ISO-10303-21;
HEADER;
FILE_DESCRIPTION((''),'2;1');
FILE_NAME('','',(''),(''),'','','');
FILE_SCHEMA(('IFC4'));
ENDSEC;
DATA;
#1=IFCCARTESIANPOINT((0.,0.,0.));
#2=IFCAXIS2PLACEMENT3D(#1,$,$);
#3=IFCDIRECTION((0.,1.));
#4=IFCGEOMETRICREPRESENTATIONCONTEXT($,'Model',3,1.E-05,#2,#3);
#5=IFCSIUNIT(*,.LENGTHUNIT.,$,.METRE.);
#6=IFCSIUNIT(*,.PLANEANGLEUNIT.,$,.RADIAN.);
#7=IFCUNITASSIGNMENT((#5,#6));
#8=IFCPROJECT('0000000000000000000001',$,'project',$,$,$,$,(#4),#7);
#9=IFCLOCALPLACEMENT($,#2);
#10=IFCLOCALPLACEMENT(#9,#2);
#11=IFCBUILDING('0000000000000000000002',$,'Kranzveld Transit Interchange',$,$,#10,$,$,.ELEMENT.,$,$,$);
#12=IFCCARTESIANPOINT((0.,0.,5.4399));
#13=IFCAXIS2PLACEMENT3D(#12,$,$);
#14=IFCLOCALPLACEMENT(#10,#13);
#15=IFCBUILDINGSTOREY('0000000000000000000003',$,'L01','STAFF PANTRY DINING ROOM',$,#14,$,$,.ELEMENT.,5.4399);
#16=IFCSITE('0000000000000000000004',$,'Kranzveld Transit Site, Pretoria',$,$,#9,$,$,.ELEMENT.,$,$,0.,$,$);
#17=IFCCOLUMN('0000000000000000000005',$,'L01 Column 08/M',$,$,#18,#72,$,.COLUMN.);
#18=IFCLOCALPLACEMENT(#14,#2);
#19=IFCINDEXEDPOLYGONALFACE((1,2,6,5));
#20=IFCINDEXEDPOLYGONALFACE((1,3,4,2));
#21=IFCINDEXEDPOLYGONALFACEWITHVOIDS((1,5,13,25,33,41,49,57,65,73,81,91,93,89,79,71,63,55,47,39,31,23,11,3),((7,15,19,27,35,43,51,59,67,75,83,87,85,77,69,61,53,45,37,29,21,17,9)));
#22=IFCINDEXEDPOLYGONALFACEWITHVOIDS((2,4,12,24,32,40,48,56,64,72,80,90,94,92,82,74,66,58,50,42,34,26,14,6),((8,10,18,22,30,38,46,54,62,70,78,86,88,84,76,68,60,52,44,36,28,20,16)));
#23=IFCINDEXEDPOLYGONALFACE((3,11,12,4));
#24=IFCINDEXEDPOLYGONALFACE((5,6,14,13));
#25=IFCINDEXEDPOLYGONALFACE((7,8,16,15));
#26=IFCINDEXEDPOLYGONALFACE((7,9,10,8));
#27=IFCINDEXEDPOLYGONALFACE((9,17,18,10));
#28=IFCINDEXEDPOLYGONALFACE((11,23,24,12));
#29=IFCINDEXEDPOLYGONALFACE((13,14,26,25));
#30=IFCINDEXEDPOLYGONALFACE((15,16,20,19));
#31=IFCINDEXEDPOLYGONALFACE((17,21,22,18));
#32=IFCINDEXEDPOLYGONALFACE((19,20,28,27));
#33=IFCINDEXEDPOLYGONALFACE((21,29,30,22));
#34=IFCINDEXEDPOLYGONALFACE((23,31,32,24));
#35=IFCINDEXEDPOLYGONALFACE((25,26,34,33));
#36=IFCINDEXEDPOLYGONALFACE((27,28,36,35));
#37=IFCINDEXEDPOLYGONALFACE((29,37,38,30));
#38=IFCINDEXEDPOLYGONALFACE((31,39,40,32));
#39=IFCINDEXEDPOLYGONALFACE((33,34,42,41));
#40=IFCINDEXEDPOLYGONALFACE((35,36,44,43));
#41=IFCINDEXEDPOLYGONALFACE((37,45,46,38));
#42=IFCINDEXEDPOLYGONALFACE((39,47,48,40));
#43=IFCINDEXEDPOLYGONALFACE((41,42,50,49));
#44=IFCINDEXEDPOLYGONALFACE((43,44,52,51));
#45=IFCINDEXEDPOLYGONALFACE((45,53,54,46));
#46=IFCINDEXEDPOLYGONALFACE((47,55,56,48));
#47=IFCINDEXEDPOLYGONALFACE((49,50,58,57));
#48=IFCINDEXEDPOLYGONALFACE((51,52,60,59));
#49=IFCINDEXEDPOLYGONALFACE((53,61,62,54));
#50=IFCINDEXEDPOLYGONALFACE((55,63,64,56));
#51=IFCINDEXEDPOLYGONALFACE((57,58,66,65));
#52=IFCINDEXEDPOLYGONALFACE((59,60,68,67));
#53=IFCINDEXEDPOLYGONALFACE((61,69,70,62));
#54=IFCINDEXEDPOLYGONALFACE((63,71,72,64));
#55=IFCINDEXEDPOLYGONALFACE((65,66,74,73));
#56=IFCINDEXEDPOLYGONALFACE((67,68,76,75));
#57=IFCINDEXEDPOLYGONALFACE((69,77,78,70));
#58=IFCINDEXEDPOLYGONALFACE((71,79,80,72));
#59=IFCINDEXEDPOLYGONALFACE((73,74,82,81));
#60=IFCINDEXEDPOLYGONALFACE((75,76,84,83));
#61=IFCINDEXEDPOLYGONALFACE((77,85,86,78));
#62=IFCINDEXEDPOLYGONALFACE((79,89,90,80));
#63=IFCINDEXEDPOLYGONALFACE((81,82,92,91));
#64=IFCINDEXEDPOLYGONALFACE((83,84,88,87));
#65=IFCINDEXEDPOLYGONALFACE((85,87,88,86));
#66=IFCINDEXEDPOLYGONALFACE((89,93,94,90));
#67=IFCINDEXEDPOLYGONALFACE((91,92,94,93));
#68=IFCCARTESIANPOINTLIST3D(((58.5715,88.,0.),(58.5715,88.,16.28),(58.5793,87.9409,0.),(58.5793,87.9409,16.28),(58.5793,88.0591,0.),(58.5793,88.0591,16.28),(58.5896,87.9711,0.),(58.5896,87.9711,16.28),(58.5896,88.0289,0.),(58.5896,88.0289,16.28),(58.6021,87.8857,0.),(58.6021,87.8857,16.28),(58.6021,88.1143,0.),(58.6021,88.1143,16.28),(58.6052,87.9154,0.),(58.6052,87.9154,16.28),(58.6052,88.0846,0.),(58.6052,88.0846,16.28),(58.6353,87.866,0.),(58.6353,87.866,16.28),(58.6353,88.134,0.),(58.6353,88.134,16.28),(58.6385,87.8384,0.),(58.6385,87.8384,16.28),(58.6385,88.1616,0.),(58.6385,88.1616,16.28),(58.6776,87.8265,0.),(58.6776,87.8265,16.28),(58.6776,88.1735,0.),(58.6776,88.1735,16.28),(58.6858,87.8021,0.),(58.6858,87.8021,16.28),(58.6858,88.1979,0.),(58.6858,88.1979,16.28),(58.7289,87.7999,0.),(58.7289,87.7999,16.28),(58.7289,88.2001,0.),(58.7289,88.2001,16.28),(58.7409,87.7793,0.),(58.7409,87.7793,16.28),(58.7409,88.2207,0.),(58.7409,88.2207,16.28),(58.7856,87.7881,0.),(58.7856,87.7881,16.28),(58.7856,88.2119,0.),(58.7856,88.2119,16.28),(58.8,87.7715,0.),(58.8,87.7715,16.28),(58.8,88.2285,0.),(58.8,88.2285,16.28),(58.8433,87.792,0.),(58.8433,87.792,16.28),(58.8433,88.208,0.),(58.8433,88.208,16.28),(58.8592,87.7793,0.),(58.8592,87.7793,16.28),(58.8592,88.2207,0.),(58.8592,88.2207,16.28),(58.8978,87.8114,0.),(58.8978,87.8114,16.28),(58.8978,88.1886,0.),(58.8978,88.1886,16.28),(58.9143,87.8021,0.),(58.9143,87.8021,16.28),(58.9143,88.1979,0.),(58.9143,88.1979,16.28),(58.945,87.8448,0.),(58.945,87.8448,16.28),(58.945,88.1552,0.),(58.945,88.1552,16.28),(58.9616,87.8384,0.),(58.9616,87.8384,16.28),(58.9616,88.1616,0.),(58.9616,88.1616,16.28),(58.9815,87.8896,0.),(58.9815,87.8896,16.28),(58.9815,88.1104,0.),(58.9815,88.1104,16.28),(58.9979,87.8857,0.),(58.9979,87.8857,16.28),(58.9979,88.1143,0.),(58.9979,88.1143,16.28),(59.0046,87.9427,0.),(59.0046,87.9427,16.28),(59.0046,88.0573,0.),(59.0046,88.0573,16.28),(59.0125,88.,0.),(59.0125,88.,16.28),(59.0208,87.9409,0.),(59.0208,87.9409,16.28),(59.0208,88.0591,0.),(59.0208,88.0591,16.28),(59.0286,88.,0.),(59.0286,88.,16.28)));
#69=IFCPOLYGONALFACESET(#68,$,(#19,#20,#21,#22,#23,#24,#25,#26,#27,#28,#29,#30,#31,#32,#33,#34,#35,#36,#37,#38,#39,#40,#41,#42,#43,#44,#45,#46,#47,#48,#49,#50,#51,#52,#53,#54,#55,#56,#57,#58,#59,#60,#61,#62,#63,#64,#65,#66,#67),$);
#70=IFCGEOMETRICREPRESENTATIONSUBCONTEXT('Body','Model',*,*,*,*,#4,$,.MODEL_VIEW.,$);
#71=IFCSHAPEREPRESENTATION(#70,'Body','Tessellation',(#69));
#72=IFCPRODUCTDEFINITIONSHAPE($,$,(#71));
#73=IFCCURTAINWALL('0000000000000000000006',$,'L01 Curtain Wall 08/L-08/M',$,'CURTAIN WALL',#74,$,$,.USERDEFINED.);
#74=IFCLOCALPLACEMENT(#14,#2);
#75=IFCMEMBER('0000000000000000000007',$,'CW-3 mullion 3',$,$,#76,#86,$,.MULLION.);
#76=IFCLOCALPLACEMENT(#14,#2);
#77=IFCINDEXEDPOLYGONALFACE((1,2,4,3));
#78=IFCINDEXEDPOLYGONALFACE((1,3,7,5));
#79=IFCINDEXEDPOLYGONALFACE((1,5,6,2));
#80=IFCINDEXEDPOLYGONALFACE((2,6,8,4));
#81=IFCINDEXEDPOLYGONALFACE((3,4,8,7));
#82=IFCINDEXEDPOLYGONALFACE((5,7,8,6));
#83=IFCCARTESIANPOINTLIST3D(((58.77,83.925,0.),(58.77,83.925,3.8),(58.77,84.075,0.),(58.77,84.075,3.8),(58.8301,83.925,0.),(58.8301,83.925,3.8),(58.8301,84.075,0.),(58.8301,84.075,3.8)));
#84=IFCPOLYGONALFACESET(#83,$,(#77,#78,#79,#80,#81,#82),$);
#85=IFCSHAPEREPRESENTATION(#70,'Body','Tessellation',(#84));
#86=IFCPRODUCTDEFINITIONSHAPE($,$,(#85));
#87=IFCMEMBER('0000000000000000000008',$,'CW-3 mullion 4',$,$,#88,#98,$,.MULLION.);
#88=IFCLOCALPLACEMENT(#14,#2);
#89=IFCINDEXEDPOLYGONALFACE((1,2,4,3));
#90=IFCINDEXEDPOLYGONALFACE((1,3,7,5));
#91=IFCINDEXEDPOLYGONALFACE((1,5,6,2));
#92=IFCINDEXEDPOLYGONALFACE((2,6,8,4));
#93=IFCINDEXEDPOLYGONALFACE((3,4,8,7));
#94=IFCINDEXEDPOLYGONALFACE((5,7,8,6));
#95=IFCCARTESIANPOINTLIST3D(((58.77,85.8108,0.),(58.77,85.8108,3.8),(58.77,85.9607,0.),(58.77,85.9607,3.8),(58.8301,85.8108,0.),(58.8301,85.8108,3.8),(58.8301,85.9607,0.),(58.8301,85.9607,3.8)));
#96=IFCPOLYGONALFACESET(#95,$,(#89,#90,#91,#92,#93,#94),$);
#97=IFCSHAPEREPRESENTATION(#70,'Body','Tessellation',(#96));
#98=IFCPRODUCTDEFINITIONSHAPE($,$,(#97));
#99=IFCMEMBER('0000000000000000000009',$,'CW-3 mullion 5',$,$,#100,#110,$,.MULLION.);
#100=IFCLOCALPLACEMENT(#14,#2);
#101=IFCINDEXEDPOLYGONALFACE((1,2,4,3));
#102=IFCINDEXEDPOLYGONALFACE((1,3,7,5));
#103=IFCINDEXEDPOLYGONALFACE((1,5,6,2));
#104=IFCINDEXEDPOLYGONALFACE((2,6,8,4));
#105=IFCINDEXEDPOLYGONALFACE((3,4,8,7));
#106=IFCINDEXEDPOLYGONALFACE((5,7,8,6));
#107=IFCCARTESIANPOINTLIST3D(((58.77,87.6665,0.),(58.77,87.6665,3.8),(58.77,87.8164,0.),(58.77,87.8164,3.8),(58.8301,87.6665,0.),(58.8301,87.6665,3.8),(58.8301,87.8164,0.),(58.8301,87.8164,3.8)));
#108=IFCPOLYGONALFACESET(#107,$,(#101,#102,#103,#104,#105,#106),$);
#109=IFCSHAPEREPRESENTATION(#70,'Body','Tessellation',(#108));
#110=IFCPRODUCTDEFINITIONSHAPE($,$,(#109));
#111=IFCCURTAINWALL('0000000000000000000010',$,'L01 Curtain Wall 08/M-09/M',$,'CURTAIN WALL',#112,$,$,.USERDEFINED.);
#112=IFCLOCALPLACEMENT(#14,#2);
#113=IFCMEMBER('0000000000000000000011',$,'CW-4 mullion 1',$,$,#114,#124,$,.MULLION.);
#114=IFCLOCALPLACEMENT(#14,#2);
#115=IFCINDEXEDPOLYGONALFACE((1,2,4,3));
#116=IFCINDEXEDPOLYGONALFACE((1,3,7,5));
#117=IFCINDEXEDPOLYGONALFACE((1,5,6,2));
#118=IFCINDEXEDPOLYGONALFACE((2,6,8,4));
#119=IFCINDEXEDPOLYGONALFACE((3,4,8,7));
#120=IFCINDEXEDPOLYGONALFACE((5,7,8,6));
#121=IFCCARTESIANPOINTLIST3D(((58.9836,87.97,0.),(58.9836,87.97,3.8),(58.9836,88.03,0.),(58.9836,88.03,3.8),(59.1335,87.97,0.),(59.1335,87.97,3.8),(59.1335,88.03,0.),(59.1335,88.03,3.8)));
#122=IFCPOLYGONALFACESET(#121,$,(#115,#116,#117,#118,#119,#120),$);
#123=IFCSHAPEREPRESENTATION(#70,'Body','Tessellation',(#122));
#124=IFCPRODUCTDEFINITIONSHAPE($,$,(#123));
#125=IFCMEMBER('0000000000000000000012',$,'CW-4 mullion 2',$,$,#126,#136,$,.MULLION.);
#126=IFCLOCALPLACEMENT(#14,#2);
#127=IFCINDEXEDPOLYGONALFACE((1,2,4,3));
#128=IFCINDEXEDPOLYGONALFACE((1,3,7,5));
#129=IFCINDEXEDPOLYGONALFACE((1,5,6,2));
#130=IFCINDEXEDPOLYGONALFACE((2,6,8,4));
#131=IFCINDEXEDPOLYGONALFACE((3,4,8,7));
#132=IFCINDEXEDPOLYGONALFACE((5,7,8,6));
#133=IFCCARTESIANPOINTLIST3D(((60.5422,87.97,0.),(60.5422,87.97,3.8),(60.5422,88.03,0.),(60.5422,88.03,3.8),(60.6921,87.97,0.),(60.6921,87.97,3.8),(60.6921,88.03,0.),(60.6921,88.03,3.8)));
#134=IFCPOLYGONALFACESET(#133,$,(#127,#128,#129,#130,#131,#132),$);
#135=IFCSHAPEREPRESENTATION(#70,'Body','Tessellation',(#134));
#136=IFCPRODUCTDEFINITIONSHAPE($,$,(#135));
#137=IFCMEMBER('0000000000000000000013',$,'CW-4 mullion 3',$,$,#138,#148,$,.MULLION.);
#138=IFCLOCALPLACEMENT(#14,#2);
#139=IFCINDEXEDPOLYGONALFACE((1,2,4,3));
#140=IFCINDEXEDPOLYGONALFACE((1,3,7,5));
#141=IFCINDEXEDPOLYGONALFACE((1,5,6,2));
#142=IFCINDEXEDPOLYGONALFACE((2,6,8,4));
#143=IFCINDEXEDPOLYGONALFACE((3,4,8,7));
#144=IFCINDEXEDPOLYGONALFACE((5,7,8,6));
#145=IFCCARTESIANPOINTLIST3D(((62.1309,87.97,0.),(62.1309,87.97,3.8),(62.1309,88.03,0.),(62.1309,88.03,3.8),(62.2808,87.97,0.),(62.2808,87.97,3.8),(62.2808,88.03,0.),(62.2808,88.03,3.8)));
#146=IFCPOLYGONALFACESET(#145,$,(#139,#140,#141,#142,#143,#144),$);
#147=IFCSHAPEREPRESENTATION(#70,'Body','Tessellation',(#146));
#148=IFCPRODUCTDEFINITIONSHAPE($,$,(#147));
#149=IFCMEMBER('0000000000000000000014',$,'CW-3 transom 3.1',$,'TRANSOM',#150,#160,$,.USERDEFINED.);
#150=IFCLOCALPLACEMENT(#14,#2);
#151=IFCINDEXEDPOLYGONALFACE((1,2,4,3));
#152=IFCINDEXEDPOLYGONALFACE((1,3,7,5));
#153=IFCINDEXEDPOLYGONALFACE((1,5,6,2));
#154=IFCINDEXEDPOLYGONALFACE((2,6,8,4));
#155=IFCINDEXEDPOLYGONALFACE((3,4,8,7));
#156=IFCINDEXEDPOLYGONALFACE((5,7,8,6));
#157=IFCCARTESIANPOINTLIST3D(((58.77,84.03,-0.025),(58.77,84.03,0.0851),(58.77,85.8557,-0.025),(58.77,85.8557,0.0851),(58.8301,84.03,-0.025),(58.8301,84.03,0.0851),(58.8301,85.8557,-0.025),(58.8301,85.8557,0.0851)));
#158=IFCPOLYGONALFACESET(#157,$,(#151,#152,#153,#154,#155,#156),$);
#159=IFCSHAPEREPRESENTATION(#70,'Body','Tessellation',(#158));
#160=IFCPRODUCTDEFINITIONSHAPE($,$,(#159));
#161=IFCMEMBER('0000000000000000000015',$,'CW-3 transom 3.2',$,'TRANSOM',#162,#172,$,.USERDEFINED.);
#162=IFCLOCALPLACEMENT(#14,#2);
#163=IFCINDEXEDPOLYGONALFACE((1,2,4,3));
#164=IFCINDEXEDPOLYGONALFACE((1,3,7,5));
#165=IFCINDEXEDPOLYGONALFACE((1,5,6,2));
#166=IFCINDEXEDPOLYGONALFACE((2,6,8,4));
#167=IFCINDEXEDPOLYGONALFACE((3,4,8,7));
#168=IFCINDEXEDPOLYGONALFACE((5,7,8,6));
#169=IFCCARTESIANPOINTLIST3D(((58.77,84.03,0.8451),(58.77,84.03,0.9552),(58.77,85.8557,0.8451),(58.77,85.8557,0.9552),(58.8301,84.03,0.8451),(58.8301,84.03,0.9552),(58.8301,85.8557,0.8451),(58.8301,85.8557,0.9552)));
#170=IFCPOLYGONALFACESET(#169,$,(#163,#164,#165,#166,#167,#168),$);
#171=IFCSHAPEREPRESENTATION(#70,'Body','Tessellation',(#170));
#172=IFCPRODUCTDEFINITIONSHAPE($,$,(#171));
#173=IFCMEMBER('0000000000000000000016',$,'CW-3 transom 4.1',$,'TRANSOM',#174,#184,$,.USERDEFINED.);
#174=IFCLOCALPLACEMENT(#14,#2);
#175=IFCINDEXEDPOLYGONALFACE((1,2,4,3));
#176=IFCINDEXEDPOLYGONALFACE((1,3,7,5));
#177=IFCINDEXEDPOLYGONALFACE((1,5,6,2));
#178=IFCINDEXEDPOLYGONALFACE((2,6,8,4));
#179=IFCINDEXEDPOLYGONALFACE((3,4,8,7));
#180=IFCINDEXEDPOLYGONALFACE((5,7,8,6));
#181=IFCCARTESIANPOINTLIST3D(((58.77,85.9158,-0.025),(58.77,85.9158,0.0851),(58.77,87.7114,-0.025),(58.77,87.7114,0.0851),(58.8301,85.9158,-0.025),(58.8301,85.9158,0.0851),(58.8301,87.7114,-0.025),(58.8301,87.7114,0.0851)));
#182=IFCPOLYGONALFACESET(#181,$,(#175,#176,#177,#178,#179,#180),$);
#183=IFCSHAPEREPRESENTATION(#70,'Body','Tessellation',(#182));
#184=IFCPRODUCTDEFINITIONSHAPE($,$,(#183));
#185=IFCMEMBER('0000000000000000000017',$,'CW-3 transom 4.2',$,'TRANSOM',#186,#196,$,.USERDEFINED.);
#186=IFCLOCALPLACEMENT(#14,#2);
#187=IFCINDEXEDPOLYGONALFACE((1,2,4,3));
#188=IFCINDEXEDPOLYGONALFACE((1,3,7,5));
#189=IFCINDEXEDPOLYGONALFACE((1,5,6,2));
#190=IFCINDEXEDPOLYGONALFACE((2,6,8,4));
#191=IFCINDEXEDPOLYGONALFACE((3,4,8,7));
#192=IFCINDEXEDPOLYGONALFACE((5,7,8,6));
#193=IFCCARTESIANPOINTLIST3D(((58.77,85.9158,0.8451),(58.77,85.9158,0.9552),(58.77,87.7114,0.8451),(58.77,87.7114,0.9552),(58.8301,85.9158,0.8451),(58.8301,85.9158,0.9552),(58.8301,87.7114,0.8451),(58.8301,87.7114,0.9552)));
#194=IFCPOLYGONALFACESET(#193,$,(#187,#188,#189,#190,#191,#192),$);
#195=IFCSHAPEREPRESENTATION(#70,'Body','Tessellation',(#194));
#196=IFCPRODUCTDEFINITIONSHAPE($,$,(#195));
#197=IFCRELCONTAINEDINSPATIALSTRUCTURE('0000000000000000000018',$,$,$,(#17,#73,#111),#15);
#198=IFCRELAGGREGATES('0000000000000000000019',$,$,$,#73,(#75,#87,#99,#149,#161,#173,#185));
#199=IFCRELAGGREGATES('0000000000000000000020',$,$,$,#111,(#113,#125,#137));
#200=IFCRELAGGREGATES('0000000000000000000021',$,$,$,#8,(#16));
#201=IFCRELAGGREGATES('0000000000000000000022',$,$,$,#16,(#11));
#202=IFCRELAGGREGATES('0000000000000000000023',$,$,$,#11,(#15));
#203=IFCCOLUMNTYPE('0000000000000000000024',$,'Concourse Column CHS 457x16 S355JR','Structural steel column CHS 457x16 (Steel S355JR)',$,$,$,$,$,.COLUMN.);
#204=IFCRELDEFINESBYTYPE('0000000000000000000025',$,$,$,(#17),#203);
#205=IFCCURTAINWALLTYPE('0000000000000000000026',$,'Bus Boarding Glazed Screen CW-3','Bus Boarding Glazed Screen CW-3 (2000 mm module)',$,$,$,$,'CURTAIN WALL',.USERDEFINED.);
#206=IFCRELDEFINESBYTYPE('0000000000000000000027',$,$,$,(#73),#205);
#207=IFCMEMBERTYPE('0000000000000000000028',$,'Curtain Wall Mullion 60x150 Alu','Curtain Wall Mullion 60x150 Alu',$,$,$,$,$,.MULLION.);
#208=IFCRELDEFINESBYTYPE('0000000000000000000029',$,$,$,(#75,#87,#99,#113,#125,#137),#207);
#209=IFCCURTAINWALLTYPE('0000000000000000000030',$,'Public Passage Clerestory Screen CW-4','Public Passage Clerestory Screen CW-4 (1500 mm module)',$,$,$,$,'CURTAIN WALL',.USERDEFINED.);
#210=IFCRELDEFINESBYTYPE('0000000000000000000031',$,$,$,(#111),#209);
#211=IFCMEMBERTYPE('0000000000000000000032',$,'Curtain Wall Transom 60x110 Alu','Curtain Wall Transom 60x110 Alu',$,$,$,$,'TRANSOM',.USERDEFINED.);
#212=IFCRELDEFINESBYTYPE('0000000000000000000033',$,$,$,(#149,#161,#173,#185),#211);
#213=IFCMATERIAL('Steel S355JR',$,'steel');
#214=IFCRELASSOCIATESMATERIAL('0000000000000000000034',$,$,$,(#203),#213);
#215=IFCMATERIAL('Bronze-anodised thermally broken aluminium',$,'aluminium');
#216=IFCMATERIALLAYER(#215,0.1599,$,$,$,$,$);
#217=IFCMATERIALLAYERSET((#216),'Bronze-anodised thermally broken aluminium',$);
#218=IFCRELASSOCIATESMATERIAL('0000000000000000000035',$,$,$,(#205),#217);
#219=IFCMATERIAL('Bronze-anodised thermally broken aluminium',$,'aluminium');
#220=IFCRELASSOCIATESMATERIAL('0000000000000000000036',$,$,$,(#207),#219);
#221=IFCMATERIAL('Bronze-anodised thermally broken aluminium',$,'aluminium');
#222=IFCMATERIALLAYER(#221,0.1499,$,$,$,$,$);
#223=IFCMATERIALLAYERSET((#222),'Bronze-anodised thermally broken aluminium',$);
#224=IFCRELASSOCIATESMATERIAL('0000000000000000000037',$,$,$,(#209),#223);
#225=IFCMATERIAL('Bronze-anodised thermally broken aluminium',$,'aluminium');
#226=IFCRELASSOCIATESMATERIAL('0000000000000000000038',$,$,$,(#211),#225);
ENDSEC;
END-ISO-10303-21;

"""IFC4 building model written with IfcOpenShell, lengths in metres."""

from ifc_helpers import new_model, si_unit, direction, frame, origin, origin_2d, place, context, subcontext, project, spatial, rectangle, hollow_circle, extrude, material, layer, layer_set, material_profile, profile_set, type_object, element, aggregate, save


model = new_model("IFC4")

# Units and contexts
model_context = context("Model", 3, precision=1e-05, world=origin(), true_north=direction((0.0, 1.0)))
body_context = subcontext(model_context, "Body", "Model", "MODEL_VIEW")
ifc_project = project(units=[si_unit("LENGTHUNIT", "METRE"), si_unit("PLANEANGLEUNIT", "RADIAN")], contexts=[model_context])

# Site, building, storey
site_placement = place(None, origin())
site = spatial("IfcSite", under=ifc_project, at=site_placement, Name="Kranzveld Transit Site, Pretoria", CompositionType="ELEMENT", RefElevation=0.0)
building_placement = place(site_placement, origin())
building = spatial("IfcBuilding", under=site, at=building_placement, Name="Kranzveld Transit Interchange", CompositionType="ELEMENT")
storey_placement = place(building_placement, frame((0.0, 0.0, 5.4399)))
storey = spatial("IfcBuildingStorey", under=building, at=storey_placement, Name="L01", Description="STAFF PANTRY DINING ROOM", CompositionType="ELEMENT", Elevation=5.4399)

# Column
ifc_material_1 = material(Name="Steel S355JR", Category="steel")
ifc_material_profile_1 = material_profile(ifc_material_1, hollow_circle(Radius=0.2285, WallThickness=0.0161, at=origin_2d()), Name="CHS 457x16")
ifc_profile_set_1 = profile_set([ifc_material_profile_1], Name="Steel S355JR")
column_type = type_object("IfcColumnType", Name="Concourse Column CHS 457x16 S355JR", Description="Structural steel column CHS 457x16 (Steel S355JR)", PredefinedType="COLUMN", material=ifc_profile_set_1)
column_placement = place(storey_placement, frame((58.8, 88.0, 0.0), z_axis=(0.0, 0.0, 1.0), x_axis=(1.0, 0.0, 0.0)))
element("IfcColumn", 1, at=column_placement, inside=storey, type_object=column_type, Name="L01 Column 08/M", PredefinedType="COLUMN", context=body_context, shape_type="SweptSolid", body=[
    extrude(hollow_circle(Radius=0.2285, WallThickness=0.0161, at=origin_2d()), origin(), (0.0, 0.0, 1.0), 16.28),
])

# Curtain walls, members
ifc_material_2 = material(Name="Bronze-anodised thermally broken aluminium", Category="aluminium")
ifc_layer_1 = layer(ifc_material_2, 0.1599)
ifc_layer_set_1 = layer_set([ifc_layer_1], Name="Bronze-anodised thermally broken aluminium")
curtain_wall_type_1 = type_object("IfcCurtainWallType", Name="Bus Boarding Glazed Screen CW-3", Description="Bus Boarding Glazed Screen CW-3 (2000 mm module)", ElementType="CURTAIN WALL", PredefinedType="USERDEFINED", material=ifc_layer_set_1)
curtain_wall_1_placement = place(storey_placement, origin())
curtain_wall_1 = element("IfcCurtainWall", 2, at=curtain_wall_1_placement, inside=storey, type_object=curtain_wall_type_1, Name="L01 Curtain Wall 08/L-08/M", ObjectType="CURTAIN WALL", PredefinedType="USERDEFINED")
ifc_material_3 = material(Name="Bronze-anodised thermally broken aluminium", Category="aluminium")
ifc_material_profile_2 = material_profile(ifc_material_3, rectangle(XDim=0.0601, YDim=0.1499, at=origin_2d()), Name="ALU MULLION 60x150")
ifc_profile_set_2 = profile_set([ifc_material_profile_2], Name="Bronze-anodised thermally broken aluminium")
member_type_1 = type_object("IfcMemberType", Name="Curtain Wall Mullion 60x150 Alu", Description="Curtain Wall Mullion 60x150 Alu", PredefinedType="MULLION", material=ifc_profile_set_2)
member_1_placement = place(storey_placement, frame((58.8, 84.0, 0.0), z_axis=(0.0, 0.0, 1.0), x_axis=(-1.0, 0.0, 0.0)))
member_1 = element("IfcMember", 3, at=member_1_placement, type_object=member_type_1, Name="CW-3 mullion 3", PredefinedType="MULLION", context=body_context, shape_type="SweptSolid", body=[
    extrude(rectangle(XDim=0.0601, YDim=0.1499, at=origin_2d()), origin(), (0.0, 0.0, 1.0), 3.8),
])
member_2_placement = place(storey_placement, frame((58.8, 85.8857, 0.0), z_axis=(0.0, 0.0, 1.0), x_axis=(-1.0, 0.0, 0.0)))
member_2 = element("IfcMember", 4, at=member_2_placement, type_object=member_type_1, Name="CW-3 mullion 4", PredefinedType="MULLION", context=body_context, shape_type="SweptSolid", body=[
    extrude(rectangle(XDim=0.0601, YDim=0.1499, at=origin_2d()), origin(), (0.0, 0.0, 1.0), 3.8),
])
member_3_placement = place(storey_placement, frame((58.8, 87.7415, 0.0), z_axis=(0.0, 0.0, 1.0), x_axis=(-1.0, 0.0, 0.0)))
member_3 = element("IfcMember", 5, at=member_3_placement, type_object=member_type_1, Name="CW-3 mullion 5", PredefinedType="MULLION", context=body_context, shape_type="SweptSolid", body=[
    extrude(rectangle(XDim=0.0601, YDim=0.1499, at=origin_2d()), origin(), (0.0, 0.0, 1.0), 3.8),
])
ifc_material_4 = material(Name="Bronze-anodised thermally broken aluminium", Category="aluminium")
ifc_layer_2 = layer(ifc_material_4, 0.1499)
ifc_layer_set_2 = layer_set([ifc_layer_2], Name="Bronze-anodised thermally broken aluminium")
curtain_wall_type_2 = type_object("IfcCurtainWallType", Name="Public Passage Clerestory Screen CW-4", Description="Public Passage Clerestory Screen CW-4 (1500 mm module)", ElementType="CURTAIN WALL", PredefinedType="USERDEFINED", material=ifc_layer_set_2)
curtain_wall_2_placement = place(storey_placement, origin())
curtain_wall_2 = element("IfcCurtainWall", 6, at=curtain_wall_2_placement, inside=storey, type_object=curtain_wall_type_2, Name="L01 Curtain Wall 08/M-09/M", ObjectType="CURTAIN WALL", PredefinedType="USERDEFINED")
member_4_placement = place(storey_placement, frame((59.0586, 88.0, 0.0), z_axis=(0.0, 0.0, 1.0), x_axis=(0.0, 1.0, 0.0)))
member_4 = element("IfcMember", 7, at=member_4_placement, type_object=member_type_1, Name="CW-4 mullion 1", PredefinedType="MULLION", context=body_context, shape_type="SweptSolid", body=[
    extrude(rectangle(XDim=0.0601, YDim=0.1499, at=origin_2d()), origin(), (0.0, 0.0, 1.0), 3.8),
])
member_5_placement = place(storey_placement, frame((60.6172, 88.0, 0.0), z_axis=(0.0, 0.0, 1.0), x_axis=(0.0, 1.0, 0.0)))
member_5 = element("IfcMember", 8, at=member_5_placement, type_object=member_type_1, Name="CW-4 mullion 2", PredefinedType="MULLION", context=body_context, shape_type="SweptSolid", body=[
    extrude(rectangle(XDim=0.0601, YDim=0.1499, at=origin_2d()), origin(), (0.0, 0.0, 1.0), 3.8),
])
member_6_placement = place(storey_placement, frame((62.2058, 88.0, 0.0), z_axis=(0.0, 0.0, 1.0), x_axis=(0.0, 1.0, 0.0)))
member_6 = element("IfcMember", 9, at=member_6_placement, type_object=member_type_1, Name="CW-4 mullion 3", PredefinedType="MULLION", context=body_context, shape_type="SweptSolid", body=[
    extrude(rectangle(XDim=0.0601, YDim=0.1499, at=origin_2d()), origin(), (0.0, 0.0, 1.0), 3.8),
])

# Members
ifc_material_5 = material(Name="Bronze-anodised thermally broken aluminium", Category="aluminium")
ifc_material_profile_3 = material_profile(ifc_material_5, rectangle(XDim=0.0601, YDim=0.1101, at=origin_2d()), Name="ALU TRANSOM 60x110")
ifc_profile_set_3 = profile_set([ifc_material_profile_3], Name="Bronze-anodised thermally broken aluminium")
member_type_2 = type_object("IfcMemberType", Name="Curtain Wall Transom 60x110 Alu", Description="Curtain Wall Transom 60x110 Alu", ElementType="TRANSOM", PredefinedType="USERDEFINED", material=ifc_profile_set_3)
member_7_placement = place(storey_placement, frame((58.8, 84.03, 0.03), z_axis=(0.0, 1.0, 0.0), x_axis=(-1.0, 0.0, 0.0)))
member_7 = element("IfcMember", 10, at=member_7_placement, type_object=member_type_2, Name="CW-3 transom 3.1", ObjectType="TRANSOM", PredefinedType="USERDEFINED", context=body_context, shape_type="SweptSolid", body=[
    extrude(rectangle(XDim=0.0601, YDim=0.1101, at=origin_2d()), origin(), (0.0, 0.0, 1.0), 1.8257),
])
member_8_placement = place(storey_placement, frame((58.8, 84.03, 0.9001), z_axis=(0.0, 1.0, 0.0), x_axis=(-1.0, 0.0, 0.0)))
member_8 = element("IfcMember", 11, at=member_8_placement, type_object=member_type_2, Name="CW-3 transom 3.2", ObjectType="TRANSOM", PredefinedType="USERDEFINED", context=body_context, shape_type="SweptSolid", body=[
    extrude(rectangle(XDim=0.0601, YDim=0.1101, at=origin_2d()), origin(), (0.0, 0.0, 1.0), 1.8257),
])
member_9_placement = place(storey_placement, frame((58.8, 85.9158, 0.03), z_axis=(0.0, 1.0, 0.0), x_axis=(-1.0, 0.0, 0.0)))
member_9 = element("IfcMember", 12, at=member_9_placement, type_object=member_type_2, Name="CW-3 transom 4.1", ObjectType="TRANSOM", PredefinedType="USERDEFINED", context=body_context, shape_type="SweptSolid", body=[
    extrude(rectangle(XDim=0.0601, YDim=0.1101, at=origin_2d()), origin(), (0.0, 0.0, 1.0), 1.7957),
])
member_10_placement = place(storey_placement, frame((58.8, 85.9158, 0.9001), z_axis=(0.0, 1.0, 0.0), x_axis=(-1.0, 0.0, 0.0)))
member_10 = element("IfcMember", 13, at=member_10_placement, type_object=member_type_2, Name="CW-3 transom 4.2", ObjectType="TRANSOM", PredefinedType="USERDEFINED", context=body_context, shape_type="SweptSolid", body=[
    extrude(rectangle(XDim=0.0601, YDim=0.1101, at=origin_2d()), origin(), (0.0, 0.0, 1.0), 1.7957),
])

aggregate(curtain_wall_1, [member_1, member_2, member_3, member_7, member_8, member_9, member_10])
aggregate(curtain_wall_2, [member_4, member_5, member_6])

save(model, "model.ifc")
